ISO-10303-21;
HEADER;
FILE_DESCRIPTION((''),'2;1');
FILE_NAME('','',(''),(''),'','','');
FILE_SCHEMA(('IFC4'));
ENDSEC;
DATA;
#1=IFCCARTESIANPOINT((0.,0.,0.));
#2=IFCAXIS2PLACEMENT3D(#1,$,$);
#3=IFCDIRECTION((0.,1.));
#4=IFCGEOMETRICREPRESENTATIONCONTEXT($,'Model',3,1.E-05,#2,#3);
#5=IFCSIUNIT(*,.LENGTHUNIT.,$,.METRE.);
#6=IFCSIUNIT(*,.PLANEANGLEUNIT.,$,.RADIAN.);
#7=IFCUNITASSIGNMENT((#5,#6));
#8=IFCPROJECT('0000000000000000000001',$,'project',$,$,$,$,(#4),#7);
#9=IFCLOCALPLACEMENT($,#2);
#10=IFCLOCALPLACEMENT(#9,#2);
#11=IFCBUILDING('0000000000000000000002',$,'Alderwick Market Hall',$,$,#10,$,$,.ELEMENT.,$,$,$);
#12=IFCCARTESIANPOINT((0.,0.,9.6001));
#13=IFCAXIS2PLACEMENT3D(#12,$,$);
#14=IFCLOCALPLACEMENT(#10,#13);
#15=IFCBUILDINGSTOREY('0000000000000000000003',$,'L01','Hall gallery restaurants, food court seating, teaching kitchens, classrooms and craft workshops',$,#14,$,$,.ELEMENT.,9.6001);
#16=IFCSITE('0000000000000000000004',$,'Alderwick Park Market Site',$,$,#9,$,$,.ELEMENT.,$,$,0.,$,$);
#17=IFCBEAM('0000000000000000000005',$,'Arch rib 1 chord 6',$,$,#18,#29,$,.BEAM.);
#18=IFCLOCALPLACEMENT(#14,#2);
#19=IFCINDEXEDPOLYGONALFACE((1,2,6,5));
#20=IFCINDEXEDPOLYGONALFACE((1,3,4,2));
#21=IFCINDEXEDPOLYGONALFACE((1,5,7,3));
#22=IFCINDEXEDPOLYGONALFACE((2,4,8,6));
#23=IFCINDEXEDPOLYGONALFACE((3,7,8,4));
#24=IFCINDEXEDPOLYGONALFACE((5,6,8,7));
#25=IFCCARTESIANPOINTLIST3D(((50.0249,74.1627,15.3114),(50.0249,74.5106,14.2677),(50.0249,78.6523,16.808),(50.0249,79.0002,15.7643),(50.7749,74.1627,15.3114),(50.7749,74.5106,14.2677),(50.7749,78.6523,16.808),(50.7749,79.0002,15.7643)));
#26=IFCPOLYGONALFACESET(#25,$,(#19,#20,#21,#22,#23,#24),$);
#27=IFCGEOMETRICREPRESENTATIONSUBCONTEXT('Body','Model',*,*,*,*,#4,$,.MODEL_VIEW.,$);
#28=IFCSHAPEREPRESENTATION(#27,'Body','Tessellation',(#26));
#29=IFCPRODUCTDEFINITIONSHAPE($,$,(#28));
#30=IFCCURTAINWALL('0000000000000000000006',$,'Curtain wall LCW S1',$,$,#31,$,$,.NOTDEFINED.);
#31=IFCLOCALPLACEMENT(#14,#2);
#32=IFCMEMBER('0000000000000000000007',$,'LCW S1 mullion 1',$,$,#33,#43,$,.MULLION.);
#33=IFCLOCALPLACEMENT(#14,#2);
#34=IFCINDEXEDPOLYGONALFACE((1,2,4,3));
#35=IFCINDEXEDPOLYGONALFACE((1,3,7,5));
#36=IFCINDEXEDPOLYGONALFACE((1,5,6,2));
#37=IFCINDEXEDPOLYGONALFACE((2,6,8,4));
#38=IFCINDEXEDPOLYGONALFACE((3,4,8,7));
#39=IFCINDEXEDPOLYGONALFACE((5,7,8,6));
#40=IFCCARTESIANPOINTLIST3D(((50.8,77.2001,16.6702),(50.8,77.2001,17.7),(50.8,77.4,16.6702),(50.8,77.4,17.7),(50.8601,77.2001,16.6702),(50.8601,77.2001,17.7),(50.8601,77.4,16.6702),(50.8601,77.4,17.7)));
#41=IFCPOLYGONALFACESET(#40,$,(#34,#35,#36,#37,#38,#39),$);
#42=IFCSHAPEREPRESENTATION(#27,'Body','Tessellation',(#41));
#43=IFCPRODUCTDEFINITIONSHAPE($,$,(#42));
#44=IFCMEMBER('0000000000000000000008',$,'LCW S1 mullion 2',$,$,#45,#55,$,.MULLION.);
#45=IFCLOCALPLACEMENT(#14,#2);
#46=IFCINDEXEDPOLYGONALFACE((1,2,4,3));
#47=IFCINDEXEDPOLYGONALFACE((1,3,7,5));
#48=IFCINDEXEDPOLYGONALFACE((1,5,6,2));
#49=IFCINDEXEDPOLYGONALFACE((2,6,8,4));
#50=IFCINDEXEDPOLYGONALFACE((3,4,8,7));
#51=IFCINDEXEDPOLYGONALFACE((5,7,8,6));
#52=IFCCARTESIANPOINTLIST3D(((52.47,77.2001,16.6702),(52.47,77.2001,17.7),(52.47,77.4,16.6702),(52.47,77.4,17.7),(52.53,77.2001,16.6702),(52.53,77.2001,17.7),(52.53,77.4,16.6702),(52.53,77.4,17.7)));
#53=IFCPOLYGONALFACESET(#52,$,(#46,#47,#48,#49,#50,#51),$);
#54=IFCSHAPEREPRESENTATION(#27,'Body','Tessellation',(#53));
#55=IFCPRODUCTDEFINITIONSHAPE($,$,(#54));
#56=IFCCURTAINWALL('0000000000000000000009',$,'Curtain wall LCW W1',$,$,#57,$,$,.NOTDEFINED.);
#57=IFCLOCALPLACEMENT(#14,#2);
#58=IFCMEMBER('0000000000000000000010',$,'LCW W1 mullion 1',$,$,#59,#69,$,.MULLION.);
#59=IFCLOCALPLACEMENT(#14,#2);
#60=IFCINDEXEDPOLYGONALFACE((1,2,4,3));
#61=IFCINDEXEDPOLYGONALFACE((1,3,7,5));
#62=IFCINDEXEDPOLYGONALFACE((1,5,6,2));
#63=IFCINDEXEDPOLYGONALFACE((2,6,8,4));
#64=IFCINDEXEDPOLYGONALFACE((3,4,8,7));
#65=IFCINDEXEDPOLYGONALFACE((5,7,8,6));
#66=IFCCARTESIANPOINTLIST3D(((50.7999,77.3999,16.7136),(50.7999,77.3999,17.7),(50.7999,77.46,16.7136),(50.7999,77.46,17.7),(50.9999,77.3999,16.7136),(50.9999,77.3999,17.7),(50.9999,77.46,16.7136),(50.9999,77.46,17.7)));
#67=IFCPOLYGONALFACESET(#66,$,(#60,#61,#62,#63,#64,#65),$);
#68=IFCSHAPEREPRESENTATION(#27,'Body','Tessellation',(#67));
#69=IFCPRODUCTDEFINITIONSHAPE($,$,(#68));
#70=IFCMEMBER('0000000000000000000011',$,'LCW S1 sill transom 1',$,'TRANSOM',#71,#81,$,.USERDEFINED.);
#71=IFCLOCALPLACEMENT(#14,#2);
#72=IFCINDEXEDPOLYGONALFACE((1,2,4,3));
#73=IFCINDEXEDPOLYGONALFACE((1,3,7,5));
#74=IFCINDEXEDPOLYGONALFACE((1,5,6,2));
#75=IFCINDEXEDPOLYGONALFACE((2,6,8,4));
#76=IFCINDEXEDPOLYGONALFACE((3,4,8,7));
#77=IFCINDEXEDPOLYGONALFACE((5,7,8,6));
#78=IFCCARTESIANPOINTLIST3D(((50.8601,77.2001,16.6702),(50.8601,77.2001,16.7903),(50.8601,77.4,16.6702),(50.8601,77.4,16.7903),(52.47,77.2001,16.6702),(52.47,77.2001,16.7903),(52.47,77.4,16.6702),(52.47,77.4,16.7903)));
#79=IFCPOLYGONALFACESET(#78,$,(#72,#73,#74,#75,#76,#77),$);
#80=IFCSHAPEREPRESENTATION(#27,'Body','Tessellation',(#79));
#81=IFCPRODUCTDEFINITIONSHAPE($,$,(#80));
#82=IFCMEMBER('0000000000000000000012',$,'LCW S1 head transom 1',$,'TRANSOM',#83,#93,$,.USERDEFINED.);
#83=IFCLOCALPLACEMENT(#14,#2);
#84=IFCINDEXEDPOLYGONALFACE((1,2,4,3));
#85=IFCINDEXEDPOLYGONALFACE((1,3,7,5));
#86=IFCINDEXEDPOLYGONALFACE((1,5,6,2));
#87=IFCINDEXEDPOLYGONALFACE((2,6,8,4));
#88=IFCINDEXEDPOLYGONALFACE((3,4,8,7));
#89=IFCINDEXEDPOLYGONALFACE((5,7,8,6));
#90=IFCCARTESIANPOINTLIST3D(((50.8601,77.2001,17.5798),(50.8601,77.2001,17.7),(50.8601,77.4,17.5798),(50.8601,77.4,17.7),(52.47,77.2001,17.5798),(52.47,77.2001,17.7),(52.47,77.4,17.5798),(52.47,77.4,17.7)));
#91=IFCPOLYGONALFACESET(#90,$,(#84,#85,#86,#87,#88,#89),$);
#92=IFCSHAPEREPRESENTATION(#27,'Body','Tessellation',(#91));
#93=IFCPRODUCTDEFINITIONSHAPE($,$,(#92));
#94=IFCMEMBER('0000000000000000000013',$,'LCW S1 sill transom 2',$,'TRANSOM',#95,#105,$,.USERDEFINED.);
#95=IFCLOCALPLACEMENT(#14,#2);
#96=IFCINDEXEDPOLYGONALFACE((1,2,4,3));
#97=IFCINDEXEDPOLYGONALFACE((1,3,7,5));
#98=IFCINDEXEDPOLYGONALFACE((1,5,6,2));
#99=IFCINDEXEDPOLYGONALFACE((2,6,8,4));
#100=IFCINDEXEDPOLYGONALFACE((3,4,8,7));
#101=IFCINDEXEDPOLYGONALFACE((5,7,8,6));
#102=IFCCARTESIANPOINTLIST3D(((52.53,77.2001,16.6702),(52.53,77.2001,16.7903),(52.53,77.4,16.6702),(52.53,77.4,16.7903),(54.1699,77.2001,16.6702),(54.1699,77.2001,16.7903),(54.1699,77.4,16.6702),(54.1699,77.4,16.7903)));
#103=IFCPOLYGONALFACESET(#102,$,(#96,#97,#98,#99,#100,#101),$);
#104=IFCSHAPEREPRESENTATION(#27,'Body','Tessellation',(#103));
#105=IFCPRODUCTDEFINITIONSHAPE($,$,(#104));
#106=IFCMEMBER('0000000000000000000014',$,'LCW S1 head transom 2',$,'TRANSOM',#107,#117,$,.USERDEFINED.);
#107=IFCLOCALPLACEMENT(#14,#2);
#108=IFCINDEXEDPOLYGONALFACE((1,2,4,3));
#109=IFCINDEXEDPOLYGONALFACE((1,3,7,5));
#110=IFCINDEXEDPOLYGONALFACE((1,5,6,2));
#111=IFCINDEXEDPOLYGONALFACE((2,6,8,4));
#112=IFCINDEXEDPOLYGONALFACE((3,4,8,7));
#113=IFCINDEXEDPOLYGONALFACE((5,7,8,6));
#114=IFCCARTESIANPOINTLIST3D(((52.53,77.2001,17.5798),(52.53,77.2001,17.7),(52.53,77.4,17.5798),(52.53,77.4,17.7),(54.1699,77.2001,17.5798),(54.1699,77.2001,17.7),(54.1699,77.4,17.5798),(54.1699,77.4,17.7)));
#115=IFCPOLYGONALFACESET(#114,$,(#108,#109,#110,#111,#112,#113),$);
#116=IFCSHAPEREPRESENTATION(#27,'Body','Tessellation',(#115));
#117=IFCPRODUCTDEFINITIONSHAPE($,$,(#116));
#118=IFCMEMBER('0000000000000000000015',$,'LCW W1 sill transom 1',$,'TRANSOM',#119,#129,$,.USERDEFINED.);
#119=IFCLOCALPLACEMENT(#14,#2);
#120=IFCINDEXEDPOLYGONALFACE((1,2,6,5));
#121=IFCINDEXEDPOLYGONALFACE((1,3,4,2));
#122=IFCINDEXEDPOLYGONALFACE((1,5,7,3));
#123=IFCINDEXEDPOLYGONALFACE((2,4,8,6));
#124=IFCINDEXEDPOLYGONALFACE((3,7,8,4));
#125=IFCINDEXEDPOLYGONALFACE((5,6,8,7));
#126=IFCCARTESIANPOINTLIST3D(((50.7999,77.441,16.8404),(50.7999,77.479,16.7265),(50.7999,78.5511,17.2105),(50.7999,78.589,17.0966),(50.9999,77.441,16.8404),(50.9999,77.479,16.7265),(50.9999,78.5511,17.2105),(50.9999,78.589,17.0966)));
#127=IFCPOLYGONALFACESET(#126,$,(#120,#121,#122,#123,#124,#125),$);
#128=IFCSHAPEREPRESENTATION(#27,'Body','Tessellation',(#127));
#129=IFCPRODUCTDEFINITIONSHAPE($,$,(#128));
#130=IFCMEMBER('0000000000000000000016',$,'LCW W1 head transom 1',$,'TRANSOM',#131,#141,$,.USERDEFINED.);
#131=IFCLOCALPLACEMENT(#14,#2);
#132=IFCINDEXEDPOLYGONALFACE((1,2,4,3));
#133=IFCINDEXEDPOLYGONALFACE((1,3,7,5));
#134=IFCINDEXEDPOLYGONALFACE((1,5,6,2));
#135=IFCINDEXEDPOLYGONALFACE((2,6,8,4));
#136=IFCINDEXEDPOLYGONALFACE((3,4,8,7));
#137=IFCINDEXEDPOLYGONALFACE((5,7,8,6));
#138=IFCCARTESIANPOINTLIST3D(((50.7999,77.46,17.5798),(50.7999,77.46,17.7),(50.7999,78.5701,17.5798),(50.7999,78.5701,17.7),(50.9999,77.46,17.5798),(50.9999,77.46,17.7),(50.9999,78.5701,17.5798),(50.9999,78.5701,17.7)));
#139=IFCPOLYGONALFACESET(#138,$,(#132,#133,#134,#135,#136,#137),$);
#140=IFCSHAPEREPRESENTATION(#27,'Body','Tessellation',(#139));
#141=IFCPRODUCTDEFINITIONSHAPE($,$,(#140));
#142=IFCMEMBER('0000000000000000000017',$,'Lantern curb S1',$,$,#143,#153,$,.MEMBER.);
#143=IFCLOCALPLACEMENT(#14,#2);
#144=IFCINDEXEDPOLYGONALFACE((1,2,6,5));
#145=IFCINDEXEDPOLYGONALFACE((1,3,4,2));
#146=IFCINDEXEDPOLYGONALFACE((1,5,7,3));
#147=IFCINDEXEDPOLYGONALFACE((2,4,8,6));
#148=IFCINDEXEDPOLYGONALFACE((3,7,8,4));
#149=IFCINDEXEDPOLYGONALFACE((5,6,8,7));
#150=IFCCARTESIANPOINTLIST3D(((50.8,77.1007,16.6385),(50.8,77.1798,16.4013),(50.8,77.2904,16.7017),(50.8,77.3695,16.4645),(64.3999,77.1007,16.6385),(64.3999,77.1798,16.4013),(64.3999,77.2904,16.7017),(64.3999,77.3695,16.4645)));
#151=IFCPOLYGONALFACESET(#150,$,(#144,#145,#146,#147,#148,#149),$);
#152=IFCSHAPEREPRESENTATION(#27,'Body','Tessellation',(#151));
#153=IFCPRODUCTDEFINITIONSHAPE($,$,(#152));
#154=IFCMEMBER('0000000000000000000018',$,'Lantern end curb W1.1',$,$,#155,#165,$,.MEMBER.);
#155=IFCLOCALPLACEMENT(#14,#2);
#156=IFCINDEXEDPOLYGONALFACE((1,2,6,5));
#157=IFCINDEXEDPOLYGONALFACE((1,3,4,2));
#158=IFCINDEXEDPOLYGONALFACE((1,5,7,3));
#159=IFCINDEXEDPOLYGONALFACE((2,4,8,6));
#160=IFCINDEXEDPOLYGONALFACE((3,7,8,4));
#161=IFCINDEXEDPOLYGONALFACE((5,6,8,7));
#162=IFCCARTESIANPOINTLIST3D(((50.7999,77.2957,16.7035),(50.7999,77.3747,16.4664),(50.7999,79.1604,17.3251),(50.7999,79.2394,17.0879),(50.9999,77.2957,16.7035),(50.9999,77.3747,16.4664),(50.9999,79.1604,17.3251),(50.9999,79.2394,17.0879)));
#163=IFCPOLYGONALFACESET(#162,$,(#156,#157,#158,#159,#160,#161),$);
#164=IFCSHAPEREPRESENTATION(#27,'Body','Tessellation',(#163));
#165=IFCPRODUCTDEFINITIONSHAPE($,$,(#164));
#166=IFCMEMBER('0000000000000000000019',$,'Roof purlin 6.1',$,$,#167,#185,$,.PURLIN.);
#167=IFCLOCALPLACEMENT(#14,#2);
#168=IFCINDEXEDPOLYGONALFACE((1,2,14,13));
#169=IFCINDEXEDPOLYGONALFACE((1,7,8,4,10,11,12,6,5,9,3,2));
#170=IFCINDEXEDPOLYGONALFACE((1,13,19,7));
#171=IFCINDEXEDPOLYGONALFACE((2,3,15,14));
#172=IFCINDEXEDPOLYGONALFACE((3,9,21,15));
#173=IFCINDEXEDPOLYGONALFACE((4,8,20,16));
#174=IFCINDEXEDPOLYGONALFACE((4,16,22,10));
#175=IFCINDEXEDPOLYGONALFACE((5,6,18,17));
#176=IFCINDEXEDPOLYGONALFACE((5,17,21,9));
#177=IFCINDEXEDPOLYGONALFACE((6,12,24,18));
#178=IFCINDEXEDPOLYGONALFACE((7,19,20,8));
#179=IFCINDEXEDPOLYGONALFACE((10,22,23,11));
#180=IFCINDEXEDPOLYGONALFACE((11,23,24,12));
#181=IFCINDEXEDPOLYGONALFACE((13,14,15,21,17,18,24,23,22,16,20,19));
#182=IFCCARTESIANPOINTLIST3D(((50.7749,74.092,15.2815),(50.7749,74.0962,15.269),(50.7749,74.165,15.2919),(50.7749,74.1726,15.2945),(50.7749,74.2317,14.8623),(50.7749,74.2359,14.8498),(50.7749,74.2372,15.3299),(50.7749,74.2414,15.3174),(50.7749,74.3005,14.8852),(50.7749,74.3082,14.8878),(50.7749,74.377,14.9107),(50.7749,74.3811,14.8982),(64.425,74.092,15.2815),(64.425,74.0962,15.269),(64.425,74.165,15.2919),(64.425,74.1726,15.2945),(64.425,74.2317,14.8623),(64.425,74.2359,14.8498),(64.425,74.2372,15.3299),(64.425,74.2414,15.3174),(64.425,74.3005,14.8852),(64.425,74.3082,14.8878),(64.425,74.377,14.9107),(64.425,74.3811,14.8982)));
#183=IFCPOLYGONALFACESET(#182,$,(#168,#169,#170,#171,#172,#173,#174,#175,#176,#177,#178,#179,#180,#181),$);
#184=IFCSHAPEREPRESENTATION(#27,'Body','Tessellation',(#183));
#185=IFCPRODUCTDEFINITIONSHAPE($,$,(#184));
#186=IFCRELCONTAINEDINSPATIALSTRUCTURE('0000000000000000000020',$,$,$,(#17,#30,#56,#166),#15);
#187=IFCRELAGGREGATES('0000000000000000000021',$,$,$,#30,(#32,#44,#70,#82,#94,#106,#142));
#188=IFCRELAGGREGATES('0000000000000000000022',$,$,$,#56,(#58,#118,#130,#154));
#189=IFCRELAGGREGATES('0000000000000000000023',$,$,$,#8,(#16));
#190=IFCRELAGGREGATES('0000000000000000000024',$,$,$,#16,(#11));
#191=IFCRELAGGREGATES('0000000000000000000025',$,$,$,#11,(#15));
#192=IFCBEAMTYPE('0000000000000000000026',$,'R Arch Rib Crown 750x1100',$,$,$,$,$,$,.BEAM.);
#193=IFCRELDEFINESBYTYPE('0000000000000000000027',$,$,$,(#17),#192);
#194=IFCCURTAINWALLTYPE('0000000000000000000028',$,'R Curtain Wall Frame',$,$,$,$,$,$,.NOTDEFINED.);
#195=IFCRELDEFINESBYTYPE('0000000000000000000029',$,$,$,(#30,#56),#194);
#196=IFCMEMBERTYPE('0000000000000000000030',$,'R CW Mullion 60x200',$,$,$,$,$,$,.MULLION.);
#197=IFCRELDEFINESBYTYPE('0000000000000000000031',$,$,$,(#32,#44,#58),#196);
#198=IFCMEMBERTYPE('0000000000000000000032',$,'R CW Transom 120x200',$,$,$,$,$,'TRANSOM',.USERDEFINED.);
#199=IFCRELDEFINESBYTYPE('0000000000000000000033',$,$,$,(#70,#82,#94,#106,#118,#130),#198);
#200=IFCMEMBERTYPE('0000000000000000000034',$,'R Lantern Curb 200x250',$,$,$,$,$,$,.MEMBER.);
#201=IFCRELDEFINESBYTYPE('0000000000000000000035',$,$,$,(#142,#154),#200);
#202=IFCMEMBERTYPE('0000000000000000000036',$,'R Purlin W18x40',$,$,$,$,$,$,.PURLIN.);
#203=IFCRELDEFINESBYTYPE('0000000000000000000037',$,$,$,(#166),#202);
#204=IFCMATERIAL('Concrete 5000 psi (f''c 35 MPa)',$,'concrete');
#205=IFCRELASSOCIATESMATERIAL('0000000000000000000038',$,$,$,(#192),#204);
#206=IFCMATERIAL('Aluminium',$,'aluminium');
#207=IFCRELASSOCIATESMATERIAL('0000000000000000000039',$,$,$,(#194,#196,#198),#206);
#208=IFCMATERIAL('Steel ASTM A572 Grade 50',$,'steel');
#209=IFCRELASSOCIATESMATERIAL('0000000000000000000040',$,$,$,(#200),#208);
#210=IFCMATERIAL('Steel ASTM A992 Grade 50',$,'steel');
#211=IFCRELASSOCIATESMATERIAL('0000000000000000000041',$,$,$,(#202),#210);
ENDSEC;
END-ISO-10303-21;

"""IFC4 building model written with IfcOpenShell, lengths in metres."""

from ifc_helpers import new_model, si_unit, direction, frame, origin, origin_2d, place, context, subcontext, project, spatial, rectangle, i_section, extrude, material, material_profile, profile_set, type_object, element, aggregate, save


model = new_model("IFC4")

# Units and contexts
model_context = context("Model", 3, precision=1e-05, world=origin(), true_north=direction((0.0, 1.0)))
body_context = subcontext(model_context, "Body", "Model", "MODEL_VIEW")
ifc_project = project(units=[si_unit("LENGTHUNIT", "METRE"), si_unit("PLANEANGLEUNIT", "RADIAN")], contexts=[model_context])

# Site, building, storey
site_placement = place(None, origin())
site = spatial("IfcSite", under=ifc_project, at=site_placement, Name="Alderwick Park Market Site", CompositionType="ELEMENT", RefElevation=0.0)
building_placement = place(site_placement, origin())
building = spatial("IfcBuilding", under=site, at=building_placement, Name="Alderwick Market Hall", CompositionType="ELEMENT")
storey_placement = place(building_placement, frame((0.0, 0.0, 9.6001)))
storey = spatial("IfcBuildingStorey", under=building, at=storey_placement, Name="L01", Description="Hall gallery restaurants, food court seating, teaching kitchens, classrooms and craft workshops", CompositionType="ELEMENT", Elevation=9.6001)

# Beam
ifc_material_1 = material(Name="Concrete 5000 psi (f'c 35 MPa)", Category="concrete")
ifc_material_profile_1 = material_profile(ifc_material_1, rectangle(XDim=0.75, YDim=1.1001, at=origin_2d()), Name="RC 750x1100")
ifc_profile_set_1 = profile_set([ifc_material_profile_1], Name="Concrete 5000 psi (f'c 35 MPa)")
beam_type = type_object("IfcBeamType", Name="R Arch Rib Crown 750x1100", PredefinedType="BEAM", material=ifc_profile_set_1)
beam_placement = place(storey_placement, frame((50.3999, 74.3367, 14.7896), z_axis=(0.0, 0.948678, 0.316243), x_axis=(-1.0, 0.0, 0.0)))
element("IfcBeam", 1, at=beam_placement, inside=storey, type_object=beam_type, Name="Arch rib 1 chord 6", PredefinedType="BEAM", context=body_context, shape_type="SweptSolid", body=[
    extrude(rectangle(XDim=0.75, YDim=1.1001, at=origin_2d()), origin(), (0.0, 0.0, 1.0), 4.7324),
])

# Curtain wall, members
ifc_material_2 = material(Name="Aluminium", Category="aluminium")
curtain_wall_type = type_object("IfcCurtainWallType", Name="R Curtain Wall Frame", PredefinedType="NOTDEFINED", material=ifc_material_2)
curtain_wall_1_placement = place(storey_placement, origin())
curtain_wall_1 = element("IfcCurtainWall", 2, at=curtain_wall_1_placement, inside=storey, type_object=curtain_wall_type, Name="Curtain wall LCW S1", PredefinedType="NOTDEFINED")
ifc_material_profile_2 = material_profile(ifc_material_2, rectangle(XDim=0.2, YDim=0.0601, at=origin_2d()), Name="AL 60x200")
ifc_profile_set_2 = profile_set([ifc_material_profile_2], Name="Aluminium")
member_type_1 = type_object("IfcMemberType", Name="R CW Mullion 60x200", PredefinedType="MULLION", material=ifc_profile_set_2)
member_1_placement = place(storey_placement, frame((50.8301, 77.3, 16.6702), z_axis=(0.0, 0.0, 1.0), x_axis=(0.0, 1.0, 0.0)))
member_1 = element("IfcMember", 3, at=member_1_placement, type_object=member_type_1, Name="LCW S1 mullion 1", PredefinedType="MULLION", context=body_context, shape_type="SweptSolid", body=[
    extrude(rectangle(XDim=0.2, YDim=0.0601, at=origin_2d()), origin(), (0.0, 0.0, 1.0), 1.0298),
])
member_2_placement = place(storey_placement, frame((52.5, 77.3, 16.6702), z_axis=(0.0, 0.0, 1.0), x_axis=(0.0, 1.0, 0.0)))
member_2 = element("IfcMember", 4, at=member_2_placement, type_object=member_type_1, Name="LCW S1 mullion 2", PredefinedType="MULLION", context=body_context, shape_type="SweptSolid", body=[
    extrude(rectangle(XDim=0.2, YDim=0.0601, at=origin_2d()), origin(), (0.0, 0.0, 1.0), 1.0298),
])

# Curtain wall, member
curtain_wall_2_placement = place(storey_placement, origin())
curtain_wall_2 = element("IfcCurtainWall", 5, at=curtain_wall_2_placement, inside=storey, type_object=curtain_wall_type, Name="Curtain wall LCW W1", PredefinedType="NOTDEFINED")
member_3_placement = place(storey_placement, frame((50.8999, 77.4299, 16.7136), z_axis=(0.0, 0.0, 1.0), x_axis=(1.0, 0.0, 0.0)))
member_3 = element("IfcMember", 6, at=member_3_placement, type_object=member_type_1, Name="LCW W1 mullion 1", PredefinedType="MULLION", context=body_context, shape_type="SweptSolid", body=[
    extrude(rectangle(XDim=0.2, YDim=0.0601, at=origin_2d()), origin(), (0.0, 0.0, 1.0), 0.9863),
])

# Members
ifc_material_profile_3 = material_profile(ifc_material_2, rectangle(XDim=0.2, YDim=0.1201, at=origin_2d()), Name="AL 120x200")
ifc_profile_set_3 = profile_set([ifc_material_profile_3], Name="Aluminium")
member_type_2 = type_object("IfcMemberType", Name="R CW Transom 120x200", ElementType="TRANSOM", PredefinedType="USERDEFINED", material=ifc_profile_set_3)
member_4_placement = place(storey_placement, frame((50.8601, 77.3, 16.7302), z_axis=(1.0, 0.0, 0.0), x_axis=(0.0, 1.0, 0.0)))
member_4 = element("IfcMember", 7, at=member_4_placement, type_object=member_type_2, Name="LCW S1 sill transom 1", ObjectType="TRANSOM", PredefinedType="USERDEFINED", context=body_context, shape_type="SweptSolid", body=[
    extrude(rectangle(XDim=0.2, YDim=0.1201, at=origin_2d()), origin(), (0.0, 0.0, 1.0), 1.6099),
])
member_5_placement = place(storey_placement, frame((50.8601, 77.3, 17.6399), z_axis=(1.0, 0.0, 0.0), x_axis=(0.0, 1.0, 0.0)))
member_5 = element("IfcMember", 8, at=member_5_placement, type_object=member_type_2, Name="LCW S1 head transom 1", ObjectType="TRANSOM", PredefinedType="USERDEFINED", context=body_context, shape_type="SweptSolid", body=[
    extrude(rectangle(XDim=0.2, YDim=0.1201, at=origin_2d()), origin(), (0.0, 0.0, 1.0), 1.6099),
])
member_6_placement = place(storey_placement, frame((52.53, 77.3, 16.7302), z_axis=(1.0, 0.0, 0.0), x_axis=(0.0, 1.0, 0.0)))
member_6 = element("IfcMember", 9, at=member_6_placement, type_object=member_type_2, Name="LCW S1 sill transom 2", ObjectType="TRANSOM", PredefinedType="USERDEFINED", context=body_context, shape_type="SweptSolid", body=[
    extrude(rectangle(XDim=0.2, YDim=0.1201, at=origin_2d()), origin(), (0.0, 0.0, 1.0), 1.6399),
])
member_7_placement = place(storey_placement, frame((52.53, 77.3, 17.6399), z_axis=(1.0, 0.0, 0.0), x_axis=(0.0, 1.0, 0.0)))
member_7 = element("IfcMember", 10, at=member_7_placement, type_object=member_type_2, Name="LCW S1 head transom 2", ObjectType="TRANSOM", PredefinedType="USERDEFINED", context=body_context, shape_type="SweptSolid", body=[
    extrude(rectangle(XDim=0.2, YDim=0.1201, at=origin_2d()), origin(), (0.0, 0.0, 1.0), 1.6399),
])
member_8_placement = place(storey_placement, frame((50.8999, 77.46, 16.7834), z_axis=(0.0, 0.948662, 0.31629), x_axis=(-1.0, 0.0, 0.0)))
member_8 = element("IfcMember", 11, at=member_8_placement, type_object=member_type_2, Name="LCW W1 sill transom 1", ObjectType="TRANSOM", PredefinedType="USERDEFINED", context=body_context, shape_type="SweptSolid", body=[
    extrude(rectangle(XDim=0.2, YDim=0.1201, at=origin_2d()), origin(), (0.0, 0.0, 1.0), 1.1702),
])
member_9_placement = place(storey_placement, frame((50.8999, 77.46, 17.6399), z_axis=(0.0, 1.0, 0.0), x_axis=(-1.0, 0.0, 0.0)))
member_9 = element("IfcMember", 12, at=member_9_placement, type_object=member_type_2, Name="LCW W1 head transom 1", ObjectType="TRANSOM", PredefinedType="USERDEFINED", context=body_context, shape_type="SweptSolid", body=[
    extrude(rectangle(XDim=0.2, YDim=0.1201, at=origin_2d()), origin(), (0.0, 0.0, 1.0), 1.1101),
])
ifc_material_3 = material(Name="Steel ASTM A572 Grade 50", Category="steel")
ifc_material_profile_4 = material_profile(ifc_material_3, rectangle(XDim=0.2, YDim=0.25, at=origin_2d()), Name="Steel plate curb 200x250")
ifc_profile_set_4 = profile_set([ifc_material_profile_4], Name="Steel ASTM A572 Grade 50")
member_type_3 = type_object("IfcMemberType", Name="R Lantern Curb 200x250", PredefinedType="MEMBER", material=ifc_profile_set_4)
member_10_placement = place(storey_placement, frame((50.8, 77.2351, 16.5515), z_axis=(1.0, 0.0, 0.0), x_axis=(0.0, 0.948683, 0.316228)))
member_10 = element("IfcMember", 13, at=member_10_placement, type_object=member_type_3, Name="Lantern curb S1", PredefinedType="MEMBER", context=body_context, shape_type="SweptSolid", body=[
    extrude(rectangle(XDim=0.2, YDim=0.25, at=origin_2d()), origin(), (0.0, 0.0, 1.0), 13.5999),
])
member_11_placement = place(storey_placement, frame((50.8999, 77.3352, 16.585), z_axis=(0.0, 0.948683, 0.316228), x_axis=(-1.0, 0.0, 0.0)))
member_11 = element("IfcMember", 14, at=member_11_placement, type_object=member_type_3, Name="Lantern end curb W1.1", PredefinedType="MEMBER", context=body_context, shape_type="SweptSolid", body=[
    extrude(rectangle(XDim=0.2, YDim=0.25, at=origin_2d()), origin(), (0.0, 0.0, 1.0), 1.9656),
])
ifc_material_4 = material(Name="Steel ASTM A992 Grade 50", Category="steel")
ifc_material_profile_5 = material_profile(ifc_material_4, i_section(OverallWidth=0.1531, OverallDepth=0.4551, WebThickness=0.0081, FlangeThickness=0.0132, at=origin_2d()), Name="W18x40")
ifc_profile_set_5 = profile_set([ifc_material_profile_5], Name="Steel ASTM A992 Grade 50")
member_type_4 = type_object("IfcMemberType", Name="R Purlin W18x40", PredefinedType="PURLIN", material=ifc_profile_set_5)
member_12_placement = place(storey_placement, frame((50.7749, 74.2366, 15.0898), z_axis=(1.0, 0.0, 0.0), x_axis=(0.0, 0.948683, 0.316228)))
element("IfcMember", 15, at=member_12_placement, inside=storey, type_object=member_type_4, Name="Roof purlin 6.1", PredefinedType="PURLIN", context=body_context, shape_type="SweptSolid", body=[
    extrude(i_section(OverallWidth=0.1531, OverallDepth=0.4551, WebThickness=0.0081, FlangeThickness=0.0132, at=origin_2d()), origin(), (0.0, 0.0, 1.0), 13.6501),
])

aggregate(curtain_wall_1, [member_1, member_2, member_4, member_5, member_6, member_7, member_10])

aggregate(curtain_wall_2, [member_3, member_8, member_9, member_11])

save(model, "model.ifc")
